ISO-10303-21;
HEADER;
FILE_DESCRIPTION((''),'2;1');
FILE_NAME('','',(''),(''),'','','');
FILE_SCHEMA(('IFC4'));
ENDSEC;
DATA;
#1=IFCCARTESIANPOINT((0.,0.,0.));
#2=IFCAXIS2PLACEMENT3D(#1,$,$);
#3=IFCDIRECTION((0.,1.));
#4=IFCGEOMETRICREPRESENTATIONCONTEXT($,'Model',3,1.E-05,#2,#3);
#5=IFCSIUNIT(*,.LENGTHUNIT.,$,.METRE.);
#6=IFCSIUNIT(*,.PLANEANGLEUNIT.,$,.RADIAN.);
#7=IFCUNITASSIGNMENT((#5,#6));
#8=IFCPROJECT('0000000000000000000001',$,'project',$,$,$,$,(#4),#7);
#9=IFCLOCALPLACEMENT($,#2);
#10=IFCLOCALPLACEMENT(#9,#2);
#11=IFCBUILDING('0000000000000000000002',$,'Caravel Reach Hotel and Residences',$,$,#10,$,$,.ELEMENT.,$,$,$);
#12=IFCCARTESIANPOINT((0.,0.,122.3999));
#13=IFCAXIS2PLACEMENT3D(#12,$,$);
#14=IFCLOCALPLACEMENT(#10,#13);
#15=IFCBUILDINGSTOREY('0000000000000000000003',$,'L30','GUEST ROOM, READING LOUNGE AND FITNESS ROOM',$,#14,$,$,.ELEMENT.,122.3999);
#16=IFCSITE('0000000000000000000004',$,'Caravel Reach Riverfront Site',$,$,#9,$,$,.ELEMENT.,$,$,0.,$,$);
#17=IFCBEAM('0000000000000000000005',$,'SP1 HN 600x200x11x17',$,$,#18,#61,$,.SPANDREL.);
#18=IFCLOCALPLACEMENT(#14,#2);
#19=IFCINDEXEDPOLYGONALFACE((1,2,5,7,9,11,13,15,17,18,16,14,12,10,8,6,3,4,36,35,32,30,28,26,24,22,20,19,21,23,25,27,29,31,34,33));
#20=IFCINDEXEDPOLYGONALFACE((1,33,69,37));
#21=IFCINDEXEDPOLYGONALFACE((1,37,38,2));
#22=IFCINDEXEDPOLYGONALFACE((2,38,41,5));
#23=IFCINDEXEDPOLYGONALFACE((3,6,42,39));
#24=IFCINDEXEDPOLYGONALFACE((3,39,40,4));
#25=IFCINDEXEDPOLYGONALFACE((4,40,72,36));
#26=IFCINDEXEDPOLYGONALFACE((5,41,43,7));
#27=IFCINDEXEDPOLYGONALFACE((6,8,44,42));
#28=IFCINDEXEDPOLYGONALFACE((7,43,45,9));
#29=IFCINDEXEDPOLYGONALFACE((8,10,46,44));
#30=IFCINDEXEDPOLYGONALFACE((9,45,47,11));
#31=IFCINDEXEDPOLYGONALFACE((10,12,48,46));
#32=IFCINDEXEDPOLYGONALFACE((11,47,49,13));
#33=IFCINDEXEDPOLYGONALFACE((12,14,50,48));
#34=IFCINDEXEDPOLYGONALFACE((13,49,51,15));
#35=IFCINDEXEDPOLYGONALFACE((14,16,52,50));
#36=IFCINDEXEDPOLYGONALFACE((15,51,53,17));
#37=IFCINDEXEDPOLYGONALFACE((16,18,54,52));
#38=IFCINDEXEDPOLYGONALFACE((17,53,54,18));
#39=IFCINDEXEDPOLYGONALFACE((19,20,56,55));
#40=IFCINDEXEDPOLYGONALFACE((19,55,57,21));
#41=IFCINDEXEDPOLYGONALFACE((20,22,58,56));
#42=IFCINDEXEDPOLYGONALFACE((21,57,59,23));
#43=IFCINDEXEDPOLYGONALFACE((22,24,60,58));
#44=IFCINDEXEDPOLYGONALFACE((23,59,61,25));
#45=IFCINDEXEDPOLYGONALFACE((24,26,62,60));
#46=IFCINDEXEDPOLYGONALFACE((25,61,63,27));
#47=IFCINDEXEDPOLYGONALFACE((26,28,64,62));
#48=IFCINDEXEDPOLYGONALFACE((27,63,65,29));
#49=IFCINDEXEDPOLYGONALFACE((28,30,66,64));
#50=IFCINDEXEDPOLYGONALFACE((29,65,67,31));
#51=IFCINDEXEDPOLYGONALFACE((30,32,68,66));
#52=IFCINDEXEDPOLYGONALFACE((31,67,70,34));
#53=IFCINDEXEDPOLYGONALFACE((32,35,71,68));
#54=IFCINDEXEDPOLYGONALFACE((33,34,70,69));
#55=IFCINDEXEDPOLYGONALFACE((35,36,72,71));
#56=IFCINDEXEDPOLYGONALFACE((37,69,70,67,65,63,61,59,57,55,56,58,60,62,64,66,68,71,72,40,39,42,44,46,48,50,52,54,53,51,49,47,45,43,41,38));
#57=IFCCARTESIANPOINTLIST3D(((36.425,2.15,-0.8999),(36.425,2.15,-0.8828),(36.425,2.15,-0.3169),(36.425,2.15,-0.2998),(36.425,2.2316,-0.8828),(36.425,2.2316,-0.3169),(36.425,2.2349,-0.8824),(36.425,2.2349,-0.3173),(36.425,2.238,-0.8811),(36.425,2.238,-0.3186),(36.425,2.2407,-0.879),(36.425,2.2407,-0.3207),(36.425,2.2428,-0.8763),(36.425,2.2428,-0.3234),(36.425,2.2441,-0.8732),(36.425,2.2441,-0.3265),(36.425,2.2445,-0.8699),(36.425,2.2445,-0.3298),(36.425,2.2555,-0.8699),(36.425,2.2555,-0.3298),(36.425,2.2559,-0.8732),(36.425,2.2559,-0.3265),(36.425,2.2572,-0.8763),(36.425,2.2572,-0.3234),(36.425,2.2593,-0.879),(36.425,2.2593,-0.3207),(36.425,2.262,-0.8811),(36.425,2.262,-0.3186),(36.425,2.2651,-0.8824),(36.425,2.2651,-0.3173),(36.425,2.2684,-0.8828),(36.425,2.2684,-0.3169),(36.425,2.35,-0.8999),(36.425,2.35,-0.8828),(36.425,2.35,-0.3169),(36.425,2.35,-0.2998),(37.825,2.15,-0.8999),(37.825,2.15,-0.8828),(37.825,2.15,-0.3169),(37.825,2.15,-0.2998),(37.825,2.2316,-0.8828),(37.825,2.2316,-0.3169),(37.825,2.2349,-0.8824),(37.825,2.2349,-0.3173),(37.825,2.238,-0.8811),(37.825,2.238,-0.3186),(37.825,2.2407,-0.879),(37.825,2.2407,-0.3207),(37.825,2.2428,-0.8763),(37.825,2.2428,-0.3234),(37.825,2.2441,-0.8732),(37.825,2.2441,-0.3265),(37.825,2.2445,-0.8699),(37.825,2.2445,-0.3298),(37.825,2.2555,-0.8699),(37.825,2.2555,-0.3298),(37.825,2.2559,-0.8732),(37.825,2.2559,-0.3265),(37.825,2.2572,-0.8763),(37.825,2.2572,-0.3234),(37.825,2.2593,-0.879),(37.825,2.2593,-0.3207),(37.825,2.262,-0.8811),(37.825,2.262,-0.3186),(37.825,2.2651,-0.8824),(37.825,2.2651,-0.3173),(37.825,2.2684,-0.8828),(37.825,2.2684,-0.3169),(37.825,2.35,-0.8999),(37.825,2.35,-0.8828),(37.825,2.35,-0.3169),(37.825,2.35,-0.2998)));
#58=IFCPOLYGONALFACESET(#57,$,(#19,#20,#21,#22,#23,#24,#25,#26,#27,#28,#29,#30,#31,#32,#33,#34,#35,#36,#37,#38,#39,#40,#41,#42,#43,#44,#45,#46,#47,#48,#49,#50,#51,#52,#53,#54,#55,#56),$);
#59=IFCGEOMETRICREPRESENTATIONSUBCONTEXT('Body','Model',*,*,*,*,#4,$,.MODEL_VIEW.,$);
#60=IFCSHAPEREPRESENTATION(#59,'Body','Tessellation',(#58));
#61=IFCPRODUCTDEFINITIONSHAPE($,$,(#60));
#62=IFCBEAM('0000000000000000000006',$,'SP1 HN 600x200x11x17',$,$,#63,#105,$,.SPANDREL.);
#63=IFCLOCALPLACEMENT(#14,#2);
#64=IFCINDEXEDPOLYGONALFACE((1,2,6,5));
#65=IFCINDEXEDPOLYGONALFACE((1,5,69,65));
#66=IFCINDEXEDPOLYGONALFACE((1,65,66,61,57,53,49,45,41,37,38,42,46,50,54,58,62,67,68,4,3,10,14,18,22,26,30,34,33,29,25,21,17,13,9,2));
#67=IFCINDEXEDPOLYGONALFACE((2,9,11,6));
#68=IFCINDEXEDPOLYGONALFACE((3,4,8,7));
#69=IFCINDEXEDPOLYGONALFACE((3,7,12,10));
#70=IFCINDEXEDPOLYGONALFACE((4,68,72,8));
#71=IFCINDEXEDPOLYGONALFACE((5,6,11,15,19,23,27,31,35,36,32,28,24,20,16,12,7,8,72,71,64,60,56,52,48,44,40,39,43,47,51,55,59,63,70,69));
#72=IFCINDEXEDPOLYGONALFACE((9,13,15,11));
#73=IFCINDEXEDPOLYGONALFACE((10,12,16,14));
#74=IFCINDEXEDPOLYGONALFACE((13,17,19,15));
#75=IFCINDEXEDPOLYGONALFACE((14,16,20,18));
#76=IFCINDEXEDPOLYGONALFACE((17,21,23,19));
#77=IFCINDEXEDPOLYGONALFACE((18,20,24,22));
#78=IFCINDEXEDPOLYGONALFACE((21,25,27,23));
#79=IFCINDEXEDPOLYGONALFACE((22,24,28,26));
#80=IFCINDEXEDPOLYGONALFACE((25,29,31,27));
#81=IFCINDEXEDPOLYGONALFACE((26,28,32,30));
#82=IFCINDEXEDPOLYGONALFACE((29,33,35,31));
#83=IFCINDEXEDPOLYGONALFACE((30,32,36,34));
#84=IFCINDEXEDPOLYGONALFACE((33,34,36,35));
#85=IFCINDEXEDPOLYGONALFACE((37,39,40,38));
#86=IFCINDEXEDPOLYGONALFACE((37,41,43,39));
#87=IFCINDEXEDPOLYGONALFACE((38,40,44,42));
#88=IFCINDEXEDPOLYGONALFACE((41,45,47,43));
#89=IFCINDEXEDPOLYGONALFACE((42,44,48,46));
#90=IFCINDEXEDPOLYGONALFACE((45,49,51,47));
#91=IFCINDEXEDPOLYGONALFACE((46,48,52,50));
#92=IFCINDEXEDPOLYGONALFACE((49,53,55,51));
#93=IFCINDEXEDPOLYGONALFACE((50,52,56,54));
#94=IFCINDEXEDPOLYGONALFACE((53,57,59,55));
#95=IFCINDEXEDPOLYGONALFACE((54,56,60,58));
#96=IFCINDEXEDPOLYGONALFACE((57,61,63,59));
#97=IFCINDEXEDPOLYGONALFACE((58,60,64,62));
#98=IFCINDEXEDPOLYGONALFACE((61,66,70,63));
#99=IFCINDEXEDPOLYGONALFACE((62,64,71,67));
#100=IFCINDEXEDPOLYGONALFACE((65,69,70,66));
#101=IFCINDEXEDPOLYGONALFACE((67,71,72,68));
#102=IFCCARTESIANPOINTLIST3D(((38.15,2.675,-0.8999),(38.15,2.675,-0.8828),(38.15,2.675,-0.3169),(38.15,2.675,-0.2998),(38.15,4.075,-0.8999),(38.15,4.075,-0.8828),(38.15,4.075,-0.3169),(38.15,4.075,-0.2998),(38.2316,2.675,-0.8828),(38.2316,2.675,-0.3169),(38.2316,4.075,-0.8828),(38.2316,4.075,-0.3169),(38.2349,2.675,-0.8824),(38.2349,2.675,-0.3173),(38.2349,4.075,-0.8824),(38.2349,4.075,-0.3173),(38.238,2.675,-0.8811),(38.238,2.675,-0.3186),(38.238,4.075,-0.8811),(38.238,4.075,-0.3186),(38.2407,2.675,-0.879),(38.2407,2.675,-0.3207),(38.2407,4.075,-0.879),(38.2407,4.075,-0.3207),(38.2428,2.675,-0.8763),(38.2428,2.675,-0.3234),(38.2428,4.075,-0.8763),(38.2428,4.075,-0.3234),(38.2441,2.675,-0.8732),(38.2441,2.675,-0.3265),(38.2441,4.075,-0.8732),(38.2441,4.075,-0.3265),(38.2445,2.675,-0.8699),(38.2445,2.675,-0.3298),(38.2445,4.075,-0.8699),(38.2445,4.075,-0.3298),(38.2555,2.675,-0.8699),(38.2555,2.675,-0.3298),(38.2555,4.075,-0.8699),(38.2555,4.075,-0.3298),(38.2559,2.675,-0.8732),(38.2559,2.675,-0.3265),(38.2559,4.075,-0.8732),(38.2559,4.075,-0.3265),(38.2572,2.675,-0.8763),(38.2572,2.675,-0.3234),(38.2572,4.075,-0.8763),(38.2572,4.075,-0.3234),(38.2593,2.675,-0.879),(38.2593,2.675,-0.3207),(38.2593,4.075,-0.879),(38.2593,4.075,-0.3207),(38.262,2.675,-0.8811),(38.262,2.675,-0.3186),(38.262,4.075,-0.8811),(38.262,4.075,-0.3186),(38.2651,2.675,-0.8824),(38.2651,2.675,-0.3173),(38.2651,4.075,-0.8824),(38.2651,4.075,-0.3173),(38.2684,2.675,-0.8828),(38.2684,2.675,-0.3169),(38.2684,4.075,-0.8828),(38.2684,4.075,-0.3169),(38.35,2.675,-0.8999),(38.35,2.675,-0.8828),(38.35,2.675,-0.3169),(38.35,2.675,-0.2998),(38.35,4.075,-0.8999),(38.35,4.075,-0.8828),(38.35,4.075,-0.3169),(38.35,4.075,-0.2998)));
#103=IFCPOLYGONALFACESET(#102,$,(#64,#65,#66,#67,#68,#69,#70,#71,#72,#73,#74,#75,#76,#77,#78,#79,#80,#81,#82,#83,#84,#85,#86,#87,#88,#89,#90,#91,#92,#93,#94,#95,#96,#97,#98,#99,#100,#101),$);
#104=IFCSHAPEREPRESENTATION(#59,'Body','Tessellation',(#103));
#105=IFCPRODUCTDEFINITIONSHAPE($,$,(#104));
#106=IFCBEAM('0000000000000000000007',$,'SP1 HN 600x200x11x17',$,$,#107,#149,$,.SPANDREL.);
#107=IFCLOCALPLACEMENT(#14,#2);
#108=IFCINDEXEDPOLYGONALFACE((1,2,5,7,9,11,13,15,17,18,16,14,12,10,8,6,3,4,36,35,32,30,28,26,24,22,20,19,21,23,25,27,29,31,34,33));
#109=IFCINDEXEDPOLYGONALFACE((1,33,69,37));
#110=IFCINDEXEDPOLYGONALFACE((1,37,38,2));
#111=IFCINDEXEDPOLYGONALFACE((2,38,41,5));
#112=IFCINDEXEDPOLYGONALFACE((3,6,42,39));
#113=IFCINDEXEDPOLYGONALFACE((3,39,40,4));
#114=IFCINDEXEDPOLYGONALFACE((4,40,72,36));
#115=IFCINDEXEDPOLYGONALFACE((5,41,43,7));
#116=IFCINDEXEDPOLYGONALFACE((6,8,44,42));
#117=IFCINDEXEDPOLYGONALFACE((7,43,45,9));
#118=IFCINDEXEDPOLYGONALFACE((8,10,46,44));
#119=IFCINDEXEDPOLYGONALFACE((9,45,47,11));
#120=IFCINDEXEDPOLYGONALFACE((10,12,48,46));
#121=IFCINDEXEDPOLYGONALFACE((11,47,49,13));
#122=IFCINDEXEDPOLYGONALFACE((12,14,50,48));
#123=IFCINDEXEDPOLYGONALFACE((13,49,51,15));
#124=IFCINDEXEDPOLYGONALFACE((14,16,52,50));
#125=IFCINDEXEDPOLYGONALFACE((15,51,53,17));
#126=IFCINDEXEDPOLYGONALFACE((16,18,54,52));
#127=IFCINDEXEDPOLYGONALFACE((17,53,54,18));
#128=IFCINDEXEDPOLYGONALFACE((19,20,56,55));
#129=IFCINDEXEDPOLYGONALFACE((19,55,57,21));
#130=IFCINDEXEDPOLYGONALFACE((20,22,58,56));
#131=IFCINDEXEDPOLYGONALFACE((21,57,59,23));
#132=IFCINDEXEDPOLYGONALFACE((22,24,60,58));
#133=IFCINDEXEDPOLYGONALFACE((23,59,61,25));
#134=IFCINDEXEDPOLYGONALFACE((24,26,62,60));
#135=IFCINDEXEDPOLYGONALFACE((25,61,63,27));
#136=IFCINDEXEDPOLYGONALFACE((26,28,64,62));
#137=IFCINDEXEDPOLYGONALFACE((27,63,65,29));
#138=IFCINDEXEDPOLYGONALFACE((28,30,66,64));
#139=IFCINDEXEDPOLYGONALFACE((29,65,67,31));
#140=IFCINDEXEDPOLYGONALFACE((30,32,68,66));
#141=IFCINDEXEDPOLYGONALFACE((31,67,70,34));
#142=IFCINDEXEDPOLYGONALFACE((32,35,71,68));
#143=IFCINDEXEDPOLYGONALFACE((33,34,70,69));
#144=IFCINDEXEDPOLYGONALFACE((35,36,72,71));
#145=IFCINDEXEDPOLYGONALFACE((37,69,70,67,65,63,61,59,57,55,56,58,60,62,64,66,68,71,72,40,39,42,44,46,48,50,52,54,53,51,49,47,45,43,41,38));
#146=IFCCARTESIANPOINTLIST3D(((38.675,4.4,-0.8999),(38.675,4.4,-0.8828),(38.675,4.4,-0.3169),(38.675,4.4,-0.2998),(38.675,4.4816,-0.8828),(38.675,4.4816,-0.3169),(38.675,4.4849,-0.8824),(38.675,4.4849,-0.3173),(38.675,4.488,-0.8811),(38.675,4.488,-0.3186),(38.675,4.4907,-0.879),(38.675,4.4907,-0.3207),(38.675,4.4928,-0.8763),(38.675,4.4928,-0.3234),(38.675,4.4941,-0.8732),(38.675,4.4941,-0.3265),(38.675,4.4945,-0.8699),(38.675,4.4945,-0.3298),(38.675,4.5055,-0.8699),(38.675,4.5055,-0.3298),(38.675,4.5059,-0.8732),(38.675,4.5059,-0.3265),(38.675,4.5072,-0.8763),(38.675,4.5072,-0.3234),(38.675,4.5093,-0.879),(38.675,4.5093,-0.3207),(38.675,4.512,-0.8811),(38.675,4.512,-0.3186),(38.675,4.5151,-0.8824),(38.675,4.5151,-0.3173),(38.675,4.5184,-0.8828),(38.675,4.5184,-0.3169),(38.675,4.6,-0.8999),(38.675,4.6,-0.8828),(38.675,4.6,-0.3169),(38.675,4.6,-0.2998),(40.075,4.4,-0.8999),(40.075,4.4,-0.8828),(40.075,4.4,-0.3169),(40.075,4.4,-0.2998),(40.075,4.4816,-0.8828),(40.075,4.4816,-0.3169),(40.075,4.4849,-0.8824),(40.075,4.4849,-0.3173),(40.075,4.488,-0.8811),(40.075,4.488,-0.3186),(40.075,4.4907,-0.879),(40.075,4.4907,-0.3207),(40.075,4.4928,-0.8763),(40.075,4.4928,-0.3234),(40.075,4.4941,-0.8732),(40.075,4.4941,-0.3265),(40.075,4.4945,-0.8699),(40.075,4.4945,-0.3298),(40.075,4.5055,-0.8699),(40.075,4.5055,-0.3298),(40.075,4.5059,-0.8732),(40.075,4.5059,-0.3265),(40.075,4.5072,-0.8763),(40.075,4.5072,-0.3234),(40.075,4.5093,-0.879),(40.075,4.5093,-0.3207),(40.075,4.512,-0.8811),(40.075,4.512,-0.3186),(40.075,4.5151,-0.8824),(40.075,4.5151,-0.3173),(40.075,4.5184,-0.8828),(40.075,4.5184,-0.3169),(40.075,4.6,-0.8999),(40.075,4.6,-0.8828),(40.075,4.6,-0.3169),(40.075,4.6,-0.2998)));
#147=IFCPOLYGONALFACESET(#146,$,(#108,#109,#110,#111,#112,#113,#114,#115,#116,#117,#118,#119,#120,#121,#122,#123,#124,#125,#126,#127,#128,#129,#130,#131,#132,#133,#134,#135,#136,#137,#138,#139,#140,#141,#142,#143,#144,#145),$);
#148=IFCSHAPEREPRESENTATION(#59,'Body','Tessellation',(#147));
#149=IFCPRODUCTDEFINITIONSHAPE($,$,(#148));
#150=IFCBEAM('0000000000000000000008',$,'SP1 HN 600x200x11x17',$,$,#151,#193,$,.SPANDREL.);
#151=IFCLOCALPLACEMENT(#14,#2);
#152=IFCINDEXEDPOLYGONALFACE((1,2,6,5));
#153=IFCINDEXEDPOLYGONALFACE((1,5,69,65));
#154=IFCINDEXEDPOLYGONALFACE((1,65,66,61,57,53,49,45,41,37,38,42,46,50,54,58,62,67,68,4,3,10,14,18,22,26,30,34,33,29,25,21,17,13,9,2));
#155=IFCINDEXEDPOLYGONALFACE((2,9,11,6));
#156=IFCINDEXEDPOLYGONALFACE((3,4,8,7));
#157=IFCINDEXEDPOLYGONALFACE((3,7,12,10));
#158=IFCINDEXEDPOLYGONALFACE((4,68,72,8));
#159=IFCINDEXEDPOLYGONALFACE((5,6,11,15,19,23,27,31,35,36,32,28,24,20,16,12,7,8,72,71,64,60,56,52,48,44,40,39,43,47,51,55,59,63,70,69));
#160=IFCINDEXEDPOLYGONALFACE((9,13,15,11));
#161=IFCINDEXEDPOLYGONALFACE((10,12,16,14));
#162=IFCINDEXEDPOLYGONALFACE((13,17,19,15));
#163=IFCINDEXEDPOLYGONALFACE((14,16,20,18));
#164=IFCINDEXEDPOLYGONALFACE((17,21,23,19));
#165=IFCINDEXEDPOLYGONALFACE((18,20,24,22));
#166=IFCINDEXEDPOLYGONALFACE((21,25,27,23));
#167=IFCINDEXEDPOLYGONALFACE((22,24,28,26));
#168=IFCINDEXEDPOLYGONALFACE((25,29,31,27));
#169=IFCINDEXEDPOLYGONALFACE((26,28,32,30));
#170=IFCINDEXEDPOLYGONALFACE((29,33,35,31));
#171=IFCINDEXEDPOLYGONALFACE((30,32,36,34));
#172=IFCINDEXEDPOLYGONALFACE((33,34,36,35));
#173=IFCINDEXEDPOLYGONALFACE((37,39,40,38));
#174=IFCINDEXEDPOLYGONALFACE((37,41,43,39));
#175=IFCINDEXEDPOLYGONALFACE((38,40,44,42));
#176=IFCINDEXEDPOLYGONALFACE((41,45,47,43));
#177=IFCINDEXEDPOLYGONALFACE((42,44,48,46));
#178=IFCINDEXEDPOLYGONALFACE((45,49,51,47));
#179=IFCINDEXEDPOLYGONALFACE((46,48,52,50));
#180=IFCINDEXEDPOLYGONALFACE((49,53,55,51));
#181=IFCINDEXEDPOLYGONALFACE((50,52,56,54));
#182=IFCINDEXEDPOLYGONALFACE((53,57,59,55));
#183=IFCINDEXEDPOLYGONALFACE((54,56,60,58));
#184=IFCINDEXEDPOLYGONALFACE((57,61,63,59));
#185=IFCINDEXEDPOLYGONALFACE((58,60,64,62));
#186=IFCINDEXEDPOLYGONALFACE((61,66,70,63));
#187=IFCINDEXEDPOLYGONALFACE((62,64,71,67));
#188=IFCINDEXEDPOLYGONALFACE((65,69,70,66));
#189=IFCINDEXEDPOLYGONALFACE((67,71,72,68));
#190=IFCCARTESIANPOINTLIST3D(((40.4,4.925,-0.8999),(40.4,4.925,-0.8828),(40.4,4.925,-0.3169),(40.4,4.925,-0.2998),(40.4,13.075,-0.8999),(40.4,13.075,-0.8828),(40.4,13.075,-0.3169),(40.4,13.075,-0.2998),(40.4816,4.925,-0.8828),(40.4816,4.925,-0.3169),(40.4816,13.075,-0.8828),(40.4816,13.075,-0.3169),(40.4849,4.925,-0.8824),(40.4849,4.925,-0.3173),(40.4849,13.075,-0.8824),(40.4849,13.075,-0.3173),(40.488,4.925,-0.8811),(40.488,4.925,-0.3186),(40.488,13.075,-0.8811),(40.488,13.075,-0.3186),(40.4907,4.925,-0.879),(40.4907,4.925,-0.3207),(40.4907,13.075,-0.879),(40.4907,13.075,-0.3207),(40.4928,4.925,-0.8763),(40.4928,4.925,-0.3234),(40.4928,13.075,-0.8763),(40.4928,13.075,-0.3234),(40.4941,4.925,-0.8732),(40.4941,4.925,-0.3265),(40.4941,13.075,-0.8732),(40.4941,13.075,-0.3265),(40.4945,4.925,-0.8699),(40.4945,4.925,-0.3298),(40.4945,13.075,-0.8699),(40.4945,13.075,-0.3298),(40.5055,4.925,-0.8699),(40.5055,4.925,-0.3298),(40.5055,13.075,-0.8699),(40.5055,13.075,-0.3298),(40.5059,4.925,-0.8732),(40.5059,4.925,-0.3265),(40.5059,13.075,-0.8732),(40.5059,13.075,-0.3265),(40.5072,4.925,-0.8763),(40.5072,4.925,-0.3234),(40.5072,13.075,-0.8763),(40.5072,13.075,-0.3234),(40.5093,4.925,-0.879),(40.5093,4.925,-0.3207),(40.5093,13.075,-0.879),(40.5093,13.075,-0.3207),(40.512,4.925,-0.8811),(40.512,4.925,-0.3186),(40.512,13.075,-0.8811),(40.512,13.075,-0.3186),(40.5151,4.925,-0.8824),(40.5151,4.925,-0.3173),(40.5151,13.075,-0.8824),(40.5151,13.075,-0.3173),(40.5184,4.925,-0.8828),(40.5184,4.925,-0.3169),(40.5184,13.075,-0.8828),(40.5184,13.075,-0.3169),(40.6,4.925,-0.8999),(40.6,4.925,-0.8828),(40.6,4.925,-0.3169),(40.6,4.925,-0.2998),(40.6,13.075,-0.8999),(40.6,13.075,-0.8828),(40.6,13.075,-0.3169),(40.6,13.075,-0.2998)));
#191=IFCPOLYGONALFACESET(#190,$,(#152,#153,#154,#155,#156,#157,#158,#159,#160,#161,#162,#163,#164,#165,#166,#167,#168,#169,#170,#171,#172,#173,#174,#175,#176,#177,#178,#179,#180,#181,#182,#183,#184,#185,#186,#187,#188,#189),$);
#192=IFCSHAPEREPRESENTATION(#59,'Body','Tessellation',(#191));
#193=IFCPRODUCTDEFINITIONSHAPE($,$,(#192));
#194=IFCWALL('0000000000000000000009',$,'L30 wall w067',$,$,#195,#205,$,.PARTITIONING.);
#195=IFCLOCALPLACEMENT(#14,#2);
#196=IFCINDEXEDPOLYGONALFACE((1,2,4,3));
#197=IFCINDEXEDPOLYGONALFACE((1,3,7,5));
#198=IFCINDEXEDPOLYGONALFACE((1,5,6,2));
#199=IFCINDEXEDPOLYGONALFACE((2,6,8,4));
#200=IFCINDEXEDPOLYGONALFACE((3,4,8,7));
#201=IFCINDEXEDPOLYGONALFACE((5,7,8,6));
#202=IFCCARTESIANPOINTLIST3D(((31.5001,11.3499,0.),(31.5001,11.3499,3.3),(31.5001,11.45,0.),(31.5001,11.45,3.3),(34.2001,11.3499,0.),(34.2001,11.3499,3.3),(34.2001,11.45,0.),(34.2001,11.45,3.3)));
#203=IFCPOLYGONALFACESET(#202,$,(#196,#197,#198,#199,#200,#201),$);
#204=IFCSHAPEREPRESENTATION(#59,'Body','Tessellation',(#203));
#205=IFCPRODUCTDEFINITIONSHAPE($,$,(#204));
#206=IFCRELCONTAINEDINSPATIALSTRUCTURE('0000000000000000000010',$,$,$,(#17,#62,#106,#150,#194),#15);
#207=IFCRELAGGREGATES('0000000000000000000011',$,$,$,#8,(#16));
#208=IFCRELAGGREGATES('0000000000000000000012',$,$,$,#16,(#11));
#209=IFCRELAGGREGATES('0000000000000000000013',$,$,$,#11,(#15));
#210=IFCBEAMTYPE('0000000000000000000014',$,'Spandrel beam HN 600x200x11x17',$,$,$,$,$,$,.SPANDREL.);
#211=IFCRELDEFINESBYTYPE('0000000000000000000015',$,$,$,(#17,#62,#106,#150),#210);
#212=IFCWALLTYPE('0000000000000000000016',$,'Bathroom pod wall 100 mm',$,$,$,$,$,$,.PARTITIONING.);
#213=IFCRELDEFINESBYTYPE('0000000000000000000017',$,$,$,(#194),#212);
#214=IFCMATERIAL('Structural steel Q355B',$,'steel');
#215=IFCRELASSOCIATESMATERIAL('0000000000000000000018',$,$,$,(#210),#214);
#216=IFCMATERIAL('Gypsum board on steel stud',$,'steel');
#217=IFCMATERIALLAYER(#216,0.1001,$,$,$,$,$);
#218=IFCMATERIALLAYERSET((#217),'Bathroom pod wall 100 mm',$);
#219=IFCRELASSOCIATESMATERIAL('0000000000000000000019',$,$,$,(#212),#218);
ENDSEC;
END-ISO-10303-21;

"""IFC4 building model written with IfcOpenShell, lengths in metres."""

from ifc_helpers import new_model, si_unit, direction, frame, frame_2d, origin, origin_2d, place, context, subcontext, project, spatial, rectangle, i_section, extrude, material, layer, layer_set, material_profile, profile_set, type_object, element, save


model = new_model("IFC4")

# Units and contexts
model_context = context("Model", 3, precision=1e-05, world=origin(), true_north=direction((0.0, 1.0)))
body_context = subcontext(model_context, "Body", "Model", "MODEL_VIEW")
ifc_project = project(units=[si_unit("LENGTHUNIT", "METRE"), si_unit("PLANEANGLEUNIT", "RADIAN")], contexts=[model_context])

# Site, building, storey
site_placement = place(None, origin())
site = spatial("IfcSite", under=ifc_project, at=site_placement, Name="Caravel Reach Riverfront Site", CompositionType="ELEMENT", RefElevation=0.0)
building_placement = place(site_placement, origin())
building = spatial("IfcBuilding", under=site, at=building_placement, Name="Caravel Reach Hotel and Residences", CompositionType="ELEMENT")
storey_placement = place(building_placement, frame((0.0, 0.0, 122.3999)))
storey = spatial("IfcBuildingStorey", under=building, at=storey_placement, Name="L30", Description="GUEST ROOM, READING LOUNGE AND FITNESS ROOM", CompositionType="ELEMENT", Elevation=122.3999)

# Beams
ifc_material_1 = material(Name="Structural steel Q355B", Category="steel")
ifc_material_profile_1 = material_profile(ifc_material_1, i_section(OverallWidth=0.2, OverallDepth=0.6001, WebThickness=0.011, FlangeThickness=0.0171, FilletRadius=0.0129, at=origin_2d()), Name="HN 600x200x11x17")
ifc_profile_set_1 = profile_set([ifc_material_profile_1], Name="Structural steel Q355B")
beam_type_1 = type_object("IfcBeamType", Name="Spandrel beam HN 600x200x11x17", PredefinedType="SPANDREL", material=ifc_profile_set_1)
for number, where, z_axis, x_axis, name in (
    (1, (36.425, 2.25, -0.5999), (1.0, 0.0, 0.0), (0.0, 1.0, 0.0), "SP1 HN 600x200x11x17"),
    (2, (38.25, 2.675, -0.5999), (0.0, 1.0, 0.0), (-1.0, 0.0, 0.0), "SP1 HN 600x200x11x17"),
    (3, (38.675, 4.5, -0.5999), (1.0, 0.0, 0.0), (0.0, 1.0, 0.0), "SP1 HN 600x200x11x17"),
):
    element("IfcBeam", number, at=place(storey_placement, frame(where, z_axis=z_axis, x_axis=x_axis)), inside=storey, type_object=beam_type_1, Name=name, PredefinedType="SPANDREL", context=body_context, shape_type="SweptSolid", body=[
        extrude(i_section(OverallWidth=0.2, OverallDepth=0.6001, WebThickness=0.011, FlangeThickness=0.0171, FilletRadius=0.0129, at=origin_2d()), origin(), (0.0, 0.0, 1.0), 1.3999),
    ])
beam_1_placement = place(storey_placement, frame((40.5, 4.925, -0.5999), z_axis=(0.0, 1.0, 0.0), x_axis=(-1.0, 0.0, 0.0)))
element("IfcBeam", 4, at=beam_1_placement, inside=storey, type_object=beam_type_1, Name="SP1 HN 600x200x11x17", PredefinedType="SPANDREL", context=body_context, shape_type="SweptSolid", body=[
    extrude(i_section(OverallWidth=0.2, OverallDepth=0.6001, WebThickness=0.011, FlangeThickness=0.0171, FilletRadius=0.0129, at=origin_2d()), origin(), (0.0, 0.0, 1.0), 8.1499),
])

# Wall
ifc_material_2 = material(Name="Gypsum board on steel stud", Category="steel")
ifc_layer_1 = layer(ifc_material_2, 0.1001)
ifc_layer_set_1 = layer_set([ifc_layer_1], Name="Bathroom pod wall 100 mm")
wall_type_1 = type_object("IfcWallType", Name="Bathroom pod wall 100 mm", PredefinedType="PARTITIONING", material=ifc_layer_set_1)
wall_1_placement = place(storey_placement, frame((31.5, 11.3999, 0.0), z_axis=(0.0, 0.0, 1.0), x_axis=(1.0, 0.0, 0.0)))
element("IfcWall", 5, at=wall_1_placement, inside=storey, type_object=wall_type_1, Name="L30 wall w067", PredefinedType="PARTITIONING", context=body_context, shape_type="SweptSolid", body=[
    extrude(rectangle(XDim=2.7, YDim=0.1001, at=frame_2d((1.3501, 0.0))), origin(), (0.0, 0.0, 1.0), 3.3),
])

save(model, "model.ifc")
